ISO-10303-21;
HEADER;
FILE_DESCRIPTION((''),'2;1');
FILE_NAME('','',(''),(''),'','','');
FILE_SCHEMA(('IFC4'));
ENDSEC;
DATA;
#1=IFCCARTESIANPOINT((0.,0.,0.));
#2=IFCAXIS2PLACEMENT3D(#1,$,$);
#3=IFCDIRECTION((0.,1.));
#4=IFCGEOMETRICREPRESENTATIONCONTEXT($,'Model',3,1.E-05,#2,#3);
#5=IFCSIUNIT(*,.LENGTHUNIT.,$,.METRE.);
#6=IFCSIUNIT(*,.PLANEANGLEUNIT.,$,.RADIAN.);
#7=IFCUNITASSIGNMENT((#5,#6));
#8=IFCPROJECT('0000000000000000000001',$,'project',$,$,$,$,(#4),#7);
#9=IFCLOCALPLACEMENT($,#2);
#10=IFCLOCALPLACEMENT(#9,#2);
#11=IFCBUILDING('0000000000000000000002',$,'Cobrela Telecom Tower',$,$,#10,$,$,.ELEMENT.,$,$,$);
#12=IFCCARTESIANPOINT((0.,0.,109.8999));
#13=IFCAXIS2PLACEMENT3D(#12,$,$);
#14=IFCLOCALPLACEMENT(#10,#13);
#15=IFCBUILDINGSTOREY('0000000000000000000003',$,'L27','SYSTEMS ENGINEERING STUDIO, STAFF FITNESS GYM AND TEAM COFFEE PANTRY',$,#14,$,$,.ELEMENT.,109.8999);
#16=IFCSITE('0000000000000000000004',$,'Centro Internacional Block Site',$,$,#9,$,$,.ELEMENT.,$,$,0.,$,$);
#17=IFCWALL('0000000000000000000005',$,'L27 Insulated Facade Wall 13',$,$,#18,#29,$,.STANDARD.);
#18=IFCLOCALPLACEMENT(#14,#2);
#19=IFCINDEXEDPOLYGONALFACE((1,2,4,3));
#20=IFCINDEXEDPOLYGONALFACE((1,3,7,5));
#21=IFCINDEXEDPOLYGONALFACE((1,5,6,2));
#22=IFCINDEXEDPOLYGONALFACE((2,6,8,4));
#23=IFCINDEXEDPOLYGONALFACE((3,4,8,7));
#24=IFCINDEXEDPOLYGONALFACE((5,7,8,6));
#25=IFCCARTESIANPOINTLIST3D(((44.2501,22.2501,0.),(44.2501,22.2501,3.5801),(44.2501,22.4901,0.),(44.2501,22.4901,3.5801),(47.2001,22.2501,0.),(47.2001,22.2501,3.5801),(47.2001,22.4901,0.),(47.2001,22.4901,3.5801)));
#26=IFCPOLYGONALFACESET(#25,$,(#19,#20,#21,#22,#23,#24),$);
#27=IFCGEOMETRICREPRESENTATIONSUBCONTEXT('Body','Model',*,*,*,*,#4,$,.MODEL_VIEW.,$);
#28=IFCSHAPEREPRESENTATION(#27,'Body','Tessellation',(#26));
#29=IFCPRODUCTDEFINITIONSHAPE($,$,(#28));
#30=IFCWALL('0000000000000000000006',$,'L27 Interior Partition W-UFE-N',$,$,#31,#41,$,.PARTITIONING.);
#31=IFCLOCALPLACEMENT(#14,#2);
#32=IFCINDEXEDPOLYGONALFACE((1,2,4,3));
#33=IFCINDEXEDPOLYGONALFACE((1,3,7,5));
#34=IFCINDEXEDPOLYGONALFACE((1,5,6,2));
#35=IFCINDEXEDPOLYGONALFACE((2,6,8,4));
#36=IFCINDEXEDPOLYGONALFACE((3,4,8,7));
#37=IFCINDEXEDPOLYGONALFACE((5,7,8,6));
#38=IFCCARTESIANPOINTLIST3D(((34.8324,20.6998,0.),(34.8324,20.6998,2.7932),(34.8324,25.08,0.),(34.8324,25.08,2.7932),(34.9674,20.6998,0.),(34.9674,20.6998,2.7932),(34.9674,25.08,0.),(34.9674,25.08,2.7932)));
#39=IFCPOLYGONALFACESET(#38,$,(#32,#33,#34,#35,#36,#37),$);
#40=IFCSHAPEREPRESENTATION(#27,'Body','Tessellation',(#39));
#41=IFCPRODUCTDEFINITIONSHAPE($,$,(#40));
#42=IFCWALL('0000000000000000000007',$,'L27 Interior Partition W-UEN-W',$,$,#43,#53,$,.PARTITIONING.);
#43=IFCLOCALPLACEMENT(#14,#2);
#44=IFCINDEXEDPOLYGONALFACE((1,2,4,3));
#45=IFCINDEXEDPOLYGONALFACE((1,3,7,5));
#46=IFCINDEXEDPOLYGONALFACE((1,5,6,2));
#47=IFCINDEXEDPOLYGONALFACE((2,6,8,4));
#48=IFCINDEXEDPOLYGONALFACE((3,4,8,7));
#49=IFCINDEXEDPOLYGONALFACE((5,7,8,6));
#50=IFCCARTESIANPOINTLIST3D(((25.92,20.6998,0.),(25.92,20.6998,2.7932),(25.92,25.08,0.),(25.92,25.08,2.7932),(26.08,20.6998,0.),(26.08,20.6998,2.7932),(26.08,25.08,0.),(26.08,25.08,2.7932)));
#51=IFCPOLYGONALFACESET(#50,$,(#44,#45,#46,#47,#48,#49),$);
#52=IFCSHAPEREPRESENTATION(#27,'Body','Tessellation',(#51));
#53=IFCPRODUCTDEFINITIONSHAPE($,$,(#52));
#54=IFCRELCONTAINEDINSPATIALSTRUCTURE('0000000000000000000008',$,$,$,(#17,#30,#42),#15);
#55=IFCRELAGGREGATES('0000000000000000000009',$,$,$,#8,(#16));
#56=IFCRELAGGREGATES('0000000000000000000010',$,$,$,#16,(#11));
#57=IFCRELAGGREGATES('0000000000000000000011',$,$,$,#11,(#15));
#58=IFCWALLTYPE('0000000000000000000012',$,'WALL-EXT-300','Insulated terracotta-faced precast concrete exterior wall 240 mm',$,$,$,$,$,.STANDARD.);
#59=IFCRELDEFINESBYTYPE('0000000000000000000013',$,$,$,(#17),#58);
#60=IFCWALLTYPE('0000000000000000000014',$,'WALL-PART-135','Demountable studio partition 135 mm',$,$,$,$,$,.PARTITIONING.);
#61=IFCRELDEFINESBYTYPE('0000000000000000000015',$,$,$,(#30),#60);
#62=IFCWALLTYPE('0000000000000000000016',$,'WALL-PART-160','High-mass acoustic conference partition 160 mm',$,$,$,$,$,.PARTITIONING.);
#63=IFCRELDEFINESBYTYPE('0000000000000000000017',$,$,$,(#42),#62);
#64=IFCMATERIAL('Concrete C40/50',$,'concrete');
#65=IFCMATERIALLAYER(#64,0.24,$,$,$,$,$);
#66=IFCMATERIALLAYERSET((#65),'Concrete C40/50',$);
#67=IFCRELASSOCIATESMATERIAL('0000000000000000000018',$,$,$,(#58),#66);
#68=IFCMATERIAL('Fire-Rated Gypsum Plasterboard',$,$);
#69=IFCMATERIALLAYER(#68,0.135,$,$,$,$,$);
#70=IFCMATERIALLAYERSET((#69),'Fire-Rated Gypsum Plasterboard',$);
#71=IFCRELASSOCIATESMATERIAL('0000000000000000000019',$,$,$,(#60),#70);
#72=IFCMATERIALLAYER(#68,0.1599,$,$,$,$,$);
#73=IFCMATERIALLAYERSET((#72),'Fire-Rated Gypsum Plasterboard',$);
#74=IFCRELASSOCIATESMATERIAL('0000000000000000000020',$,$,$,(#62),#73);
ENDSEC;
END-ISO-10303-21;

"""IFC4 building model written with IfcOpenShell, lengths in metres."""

from ifc_helpers import new_model, si_unit, direction, frame, frame_2d, origin, place, context, subcontext, project, spatial, rectangle, extrude, material, layer, layer_set, type_object, element, save


model = new_model("IFC4")

# Units and contexts
model_context = context("Model", 3, precision=1e-05, world=origin(), true_north=direction((0.0, 1.0)))
body_context = subcontext(model_context, "Body", "Model", "MODEL_VIEW")
ifc_project = project(units=[si_unit("LENGTHUNIT", "METRE"), si_unit("PLANEANGLEUNIT", "RADIAN")], contexts=[model_context])

# Site, building, storey
site_placement = place(None, origin())
site = spatial("IfcSite", under=ifc_project, at=site_placement, Name="Centro Internacional Block Site", CompositionType="ELEMENT", RefElevation=0.0)
building_placement = place(site_placement, origin())
building = spatial("IfcBuilding", under=site, at=building_placement, Name="Cobrela Telecom Tower", CompositionType="ELEMENT")
storey_placement = place(building_placement, frame((0.0, 0.0, 109.8999)))
storey = spatial("IfcBuildingStorey", under=building, at=storey_placement, Name="L27", Description="SYSTEMS ENGINEERING STUDIO, STAFF FITNESS GYM AND TEAM COFFEE PANTRY", CompositionType="ELEMENT", Elevation=109.8999)

# Walls
ifc_material_1 = material(Name="Concrete C40/50", Category="concrete")
ifc_layer_1 = layer(ifc_material_1, 0.24)
ifc_layer_set_1 = layer_set([ifc_layer_1], Name="Concrete C40/50")
wall_type_1 = type_object("IfcWallType", Name="WALL-EXT-300", Description="Insulated terracotta-faced precast concrete exterior wall 240 mm", PredefinedType="STANDARD", material=ifc_layer_set_1)
wall_1_placement = place(storey_placement, frame((44.25, 22.3701, 0.0), z_axis=(0.0, 0.0, 1.0), x_axis=(1.0, 0.0, 0.0)))
element("IfcWall", 1, at=wall_1_placement, inside=storey, type_object=wall_type_1, Name="L27 Insulated Facade Wall 13", PredefinedType="STANDARD", context=body_context, shape_type="SweptSolid", body=[
    extrude(rectangle(XDim=2.95, YDim=0.24, at=frame_2d((1.4751, 0.0))), origin(), (0.0, 0.0, 1.0), 3.5801),
])
ifc_material_2 = material(Name="Fire-Rated Gypsum Plasterboard")
ifc_layer_2 = layer(ifc_material_2, 0.135)
ifc_layer_set_2 = layer_set([ifc_layer_2], Name="Fire-Rated Gypsum Plasterboard")
wall_type_2 = type_object("IfcWallType", Name="WALL-PART-135", Description="Demountable studio partition 135 mm", PredefinedType="PARTITIONING", material=ifc_layer_set_2)
wall_2_placement = place(storey_placement, frame((34.8999, 20.7, 0.0), z_axis=(0.0, 0.0, 1.0), x_axis=(0.0, 1.0, 0.0)))
element("IfcWall", 2, at=wall_2_placement, inside=storey, type_object=wall_type_2, Name="L27 Interior Partition W-UFE-N", PredefinedType="PARTITIONING", context=body_context, shape_type="SweptSolid", body=[
    extrude(rectangle(XDim=4.3801, YDim=0.135, at=frame_2d((2.1899, 0.0))), origin(), (0.0, 0.0, 1.0), 2.7932),
])
ifc_layer_3 = layer(ifc_material_2, 0.1599)
ifc_layer_set_3 = layer_set([ifc_layer_3], Name="Fire-Rated Gypsum Plasterboard")
wall_type_3 = type_object("IfcWallType", Name="WALL-PART-160", Description="High-mass acoustic conference partition 160 mm", PredefinedType="PARTITIONING", material=ifc_layer_set_3)
wall_3_placement = place(storey_placement, frame((26.0, 20.7, 0.0), z_axis=(0.0, 0.0, 1.0), x_axis=(0.0, 1.0, 0.0)))
element("IfcWall", 3, at=wall_3_placement, inside=storey, type_object=wall_type_3, Name="L27 Interior Partition W-UEN-W", PredefinedType="PARTITIONING", context=body_context, shape_type="SweptSolid", body=[
    extrude(rectangle(XDim=4.3801, YDim=0.1599, at=frame_2d((2.1899, 0.0))), origin(), (0.0, 0.0, 1.0), 2.7932),
])

save(model, "model.ifc")
